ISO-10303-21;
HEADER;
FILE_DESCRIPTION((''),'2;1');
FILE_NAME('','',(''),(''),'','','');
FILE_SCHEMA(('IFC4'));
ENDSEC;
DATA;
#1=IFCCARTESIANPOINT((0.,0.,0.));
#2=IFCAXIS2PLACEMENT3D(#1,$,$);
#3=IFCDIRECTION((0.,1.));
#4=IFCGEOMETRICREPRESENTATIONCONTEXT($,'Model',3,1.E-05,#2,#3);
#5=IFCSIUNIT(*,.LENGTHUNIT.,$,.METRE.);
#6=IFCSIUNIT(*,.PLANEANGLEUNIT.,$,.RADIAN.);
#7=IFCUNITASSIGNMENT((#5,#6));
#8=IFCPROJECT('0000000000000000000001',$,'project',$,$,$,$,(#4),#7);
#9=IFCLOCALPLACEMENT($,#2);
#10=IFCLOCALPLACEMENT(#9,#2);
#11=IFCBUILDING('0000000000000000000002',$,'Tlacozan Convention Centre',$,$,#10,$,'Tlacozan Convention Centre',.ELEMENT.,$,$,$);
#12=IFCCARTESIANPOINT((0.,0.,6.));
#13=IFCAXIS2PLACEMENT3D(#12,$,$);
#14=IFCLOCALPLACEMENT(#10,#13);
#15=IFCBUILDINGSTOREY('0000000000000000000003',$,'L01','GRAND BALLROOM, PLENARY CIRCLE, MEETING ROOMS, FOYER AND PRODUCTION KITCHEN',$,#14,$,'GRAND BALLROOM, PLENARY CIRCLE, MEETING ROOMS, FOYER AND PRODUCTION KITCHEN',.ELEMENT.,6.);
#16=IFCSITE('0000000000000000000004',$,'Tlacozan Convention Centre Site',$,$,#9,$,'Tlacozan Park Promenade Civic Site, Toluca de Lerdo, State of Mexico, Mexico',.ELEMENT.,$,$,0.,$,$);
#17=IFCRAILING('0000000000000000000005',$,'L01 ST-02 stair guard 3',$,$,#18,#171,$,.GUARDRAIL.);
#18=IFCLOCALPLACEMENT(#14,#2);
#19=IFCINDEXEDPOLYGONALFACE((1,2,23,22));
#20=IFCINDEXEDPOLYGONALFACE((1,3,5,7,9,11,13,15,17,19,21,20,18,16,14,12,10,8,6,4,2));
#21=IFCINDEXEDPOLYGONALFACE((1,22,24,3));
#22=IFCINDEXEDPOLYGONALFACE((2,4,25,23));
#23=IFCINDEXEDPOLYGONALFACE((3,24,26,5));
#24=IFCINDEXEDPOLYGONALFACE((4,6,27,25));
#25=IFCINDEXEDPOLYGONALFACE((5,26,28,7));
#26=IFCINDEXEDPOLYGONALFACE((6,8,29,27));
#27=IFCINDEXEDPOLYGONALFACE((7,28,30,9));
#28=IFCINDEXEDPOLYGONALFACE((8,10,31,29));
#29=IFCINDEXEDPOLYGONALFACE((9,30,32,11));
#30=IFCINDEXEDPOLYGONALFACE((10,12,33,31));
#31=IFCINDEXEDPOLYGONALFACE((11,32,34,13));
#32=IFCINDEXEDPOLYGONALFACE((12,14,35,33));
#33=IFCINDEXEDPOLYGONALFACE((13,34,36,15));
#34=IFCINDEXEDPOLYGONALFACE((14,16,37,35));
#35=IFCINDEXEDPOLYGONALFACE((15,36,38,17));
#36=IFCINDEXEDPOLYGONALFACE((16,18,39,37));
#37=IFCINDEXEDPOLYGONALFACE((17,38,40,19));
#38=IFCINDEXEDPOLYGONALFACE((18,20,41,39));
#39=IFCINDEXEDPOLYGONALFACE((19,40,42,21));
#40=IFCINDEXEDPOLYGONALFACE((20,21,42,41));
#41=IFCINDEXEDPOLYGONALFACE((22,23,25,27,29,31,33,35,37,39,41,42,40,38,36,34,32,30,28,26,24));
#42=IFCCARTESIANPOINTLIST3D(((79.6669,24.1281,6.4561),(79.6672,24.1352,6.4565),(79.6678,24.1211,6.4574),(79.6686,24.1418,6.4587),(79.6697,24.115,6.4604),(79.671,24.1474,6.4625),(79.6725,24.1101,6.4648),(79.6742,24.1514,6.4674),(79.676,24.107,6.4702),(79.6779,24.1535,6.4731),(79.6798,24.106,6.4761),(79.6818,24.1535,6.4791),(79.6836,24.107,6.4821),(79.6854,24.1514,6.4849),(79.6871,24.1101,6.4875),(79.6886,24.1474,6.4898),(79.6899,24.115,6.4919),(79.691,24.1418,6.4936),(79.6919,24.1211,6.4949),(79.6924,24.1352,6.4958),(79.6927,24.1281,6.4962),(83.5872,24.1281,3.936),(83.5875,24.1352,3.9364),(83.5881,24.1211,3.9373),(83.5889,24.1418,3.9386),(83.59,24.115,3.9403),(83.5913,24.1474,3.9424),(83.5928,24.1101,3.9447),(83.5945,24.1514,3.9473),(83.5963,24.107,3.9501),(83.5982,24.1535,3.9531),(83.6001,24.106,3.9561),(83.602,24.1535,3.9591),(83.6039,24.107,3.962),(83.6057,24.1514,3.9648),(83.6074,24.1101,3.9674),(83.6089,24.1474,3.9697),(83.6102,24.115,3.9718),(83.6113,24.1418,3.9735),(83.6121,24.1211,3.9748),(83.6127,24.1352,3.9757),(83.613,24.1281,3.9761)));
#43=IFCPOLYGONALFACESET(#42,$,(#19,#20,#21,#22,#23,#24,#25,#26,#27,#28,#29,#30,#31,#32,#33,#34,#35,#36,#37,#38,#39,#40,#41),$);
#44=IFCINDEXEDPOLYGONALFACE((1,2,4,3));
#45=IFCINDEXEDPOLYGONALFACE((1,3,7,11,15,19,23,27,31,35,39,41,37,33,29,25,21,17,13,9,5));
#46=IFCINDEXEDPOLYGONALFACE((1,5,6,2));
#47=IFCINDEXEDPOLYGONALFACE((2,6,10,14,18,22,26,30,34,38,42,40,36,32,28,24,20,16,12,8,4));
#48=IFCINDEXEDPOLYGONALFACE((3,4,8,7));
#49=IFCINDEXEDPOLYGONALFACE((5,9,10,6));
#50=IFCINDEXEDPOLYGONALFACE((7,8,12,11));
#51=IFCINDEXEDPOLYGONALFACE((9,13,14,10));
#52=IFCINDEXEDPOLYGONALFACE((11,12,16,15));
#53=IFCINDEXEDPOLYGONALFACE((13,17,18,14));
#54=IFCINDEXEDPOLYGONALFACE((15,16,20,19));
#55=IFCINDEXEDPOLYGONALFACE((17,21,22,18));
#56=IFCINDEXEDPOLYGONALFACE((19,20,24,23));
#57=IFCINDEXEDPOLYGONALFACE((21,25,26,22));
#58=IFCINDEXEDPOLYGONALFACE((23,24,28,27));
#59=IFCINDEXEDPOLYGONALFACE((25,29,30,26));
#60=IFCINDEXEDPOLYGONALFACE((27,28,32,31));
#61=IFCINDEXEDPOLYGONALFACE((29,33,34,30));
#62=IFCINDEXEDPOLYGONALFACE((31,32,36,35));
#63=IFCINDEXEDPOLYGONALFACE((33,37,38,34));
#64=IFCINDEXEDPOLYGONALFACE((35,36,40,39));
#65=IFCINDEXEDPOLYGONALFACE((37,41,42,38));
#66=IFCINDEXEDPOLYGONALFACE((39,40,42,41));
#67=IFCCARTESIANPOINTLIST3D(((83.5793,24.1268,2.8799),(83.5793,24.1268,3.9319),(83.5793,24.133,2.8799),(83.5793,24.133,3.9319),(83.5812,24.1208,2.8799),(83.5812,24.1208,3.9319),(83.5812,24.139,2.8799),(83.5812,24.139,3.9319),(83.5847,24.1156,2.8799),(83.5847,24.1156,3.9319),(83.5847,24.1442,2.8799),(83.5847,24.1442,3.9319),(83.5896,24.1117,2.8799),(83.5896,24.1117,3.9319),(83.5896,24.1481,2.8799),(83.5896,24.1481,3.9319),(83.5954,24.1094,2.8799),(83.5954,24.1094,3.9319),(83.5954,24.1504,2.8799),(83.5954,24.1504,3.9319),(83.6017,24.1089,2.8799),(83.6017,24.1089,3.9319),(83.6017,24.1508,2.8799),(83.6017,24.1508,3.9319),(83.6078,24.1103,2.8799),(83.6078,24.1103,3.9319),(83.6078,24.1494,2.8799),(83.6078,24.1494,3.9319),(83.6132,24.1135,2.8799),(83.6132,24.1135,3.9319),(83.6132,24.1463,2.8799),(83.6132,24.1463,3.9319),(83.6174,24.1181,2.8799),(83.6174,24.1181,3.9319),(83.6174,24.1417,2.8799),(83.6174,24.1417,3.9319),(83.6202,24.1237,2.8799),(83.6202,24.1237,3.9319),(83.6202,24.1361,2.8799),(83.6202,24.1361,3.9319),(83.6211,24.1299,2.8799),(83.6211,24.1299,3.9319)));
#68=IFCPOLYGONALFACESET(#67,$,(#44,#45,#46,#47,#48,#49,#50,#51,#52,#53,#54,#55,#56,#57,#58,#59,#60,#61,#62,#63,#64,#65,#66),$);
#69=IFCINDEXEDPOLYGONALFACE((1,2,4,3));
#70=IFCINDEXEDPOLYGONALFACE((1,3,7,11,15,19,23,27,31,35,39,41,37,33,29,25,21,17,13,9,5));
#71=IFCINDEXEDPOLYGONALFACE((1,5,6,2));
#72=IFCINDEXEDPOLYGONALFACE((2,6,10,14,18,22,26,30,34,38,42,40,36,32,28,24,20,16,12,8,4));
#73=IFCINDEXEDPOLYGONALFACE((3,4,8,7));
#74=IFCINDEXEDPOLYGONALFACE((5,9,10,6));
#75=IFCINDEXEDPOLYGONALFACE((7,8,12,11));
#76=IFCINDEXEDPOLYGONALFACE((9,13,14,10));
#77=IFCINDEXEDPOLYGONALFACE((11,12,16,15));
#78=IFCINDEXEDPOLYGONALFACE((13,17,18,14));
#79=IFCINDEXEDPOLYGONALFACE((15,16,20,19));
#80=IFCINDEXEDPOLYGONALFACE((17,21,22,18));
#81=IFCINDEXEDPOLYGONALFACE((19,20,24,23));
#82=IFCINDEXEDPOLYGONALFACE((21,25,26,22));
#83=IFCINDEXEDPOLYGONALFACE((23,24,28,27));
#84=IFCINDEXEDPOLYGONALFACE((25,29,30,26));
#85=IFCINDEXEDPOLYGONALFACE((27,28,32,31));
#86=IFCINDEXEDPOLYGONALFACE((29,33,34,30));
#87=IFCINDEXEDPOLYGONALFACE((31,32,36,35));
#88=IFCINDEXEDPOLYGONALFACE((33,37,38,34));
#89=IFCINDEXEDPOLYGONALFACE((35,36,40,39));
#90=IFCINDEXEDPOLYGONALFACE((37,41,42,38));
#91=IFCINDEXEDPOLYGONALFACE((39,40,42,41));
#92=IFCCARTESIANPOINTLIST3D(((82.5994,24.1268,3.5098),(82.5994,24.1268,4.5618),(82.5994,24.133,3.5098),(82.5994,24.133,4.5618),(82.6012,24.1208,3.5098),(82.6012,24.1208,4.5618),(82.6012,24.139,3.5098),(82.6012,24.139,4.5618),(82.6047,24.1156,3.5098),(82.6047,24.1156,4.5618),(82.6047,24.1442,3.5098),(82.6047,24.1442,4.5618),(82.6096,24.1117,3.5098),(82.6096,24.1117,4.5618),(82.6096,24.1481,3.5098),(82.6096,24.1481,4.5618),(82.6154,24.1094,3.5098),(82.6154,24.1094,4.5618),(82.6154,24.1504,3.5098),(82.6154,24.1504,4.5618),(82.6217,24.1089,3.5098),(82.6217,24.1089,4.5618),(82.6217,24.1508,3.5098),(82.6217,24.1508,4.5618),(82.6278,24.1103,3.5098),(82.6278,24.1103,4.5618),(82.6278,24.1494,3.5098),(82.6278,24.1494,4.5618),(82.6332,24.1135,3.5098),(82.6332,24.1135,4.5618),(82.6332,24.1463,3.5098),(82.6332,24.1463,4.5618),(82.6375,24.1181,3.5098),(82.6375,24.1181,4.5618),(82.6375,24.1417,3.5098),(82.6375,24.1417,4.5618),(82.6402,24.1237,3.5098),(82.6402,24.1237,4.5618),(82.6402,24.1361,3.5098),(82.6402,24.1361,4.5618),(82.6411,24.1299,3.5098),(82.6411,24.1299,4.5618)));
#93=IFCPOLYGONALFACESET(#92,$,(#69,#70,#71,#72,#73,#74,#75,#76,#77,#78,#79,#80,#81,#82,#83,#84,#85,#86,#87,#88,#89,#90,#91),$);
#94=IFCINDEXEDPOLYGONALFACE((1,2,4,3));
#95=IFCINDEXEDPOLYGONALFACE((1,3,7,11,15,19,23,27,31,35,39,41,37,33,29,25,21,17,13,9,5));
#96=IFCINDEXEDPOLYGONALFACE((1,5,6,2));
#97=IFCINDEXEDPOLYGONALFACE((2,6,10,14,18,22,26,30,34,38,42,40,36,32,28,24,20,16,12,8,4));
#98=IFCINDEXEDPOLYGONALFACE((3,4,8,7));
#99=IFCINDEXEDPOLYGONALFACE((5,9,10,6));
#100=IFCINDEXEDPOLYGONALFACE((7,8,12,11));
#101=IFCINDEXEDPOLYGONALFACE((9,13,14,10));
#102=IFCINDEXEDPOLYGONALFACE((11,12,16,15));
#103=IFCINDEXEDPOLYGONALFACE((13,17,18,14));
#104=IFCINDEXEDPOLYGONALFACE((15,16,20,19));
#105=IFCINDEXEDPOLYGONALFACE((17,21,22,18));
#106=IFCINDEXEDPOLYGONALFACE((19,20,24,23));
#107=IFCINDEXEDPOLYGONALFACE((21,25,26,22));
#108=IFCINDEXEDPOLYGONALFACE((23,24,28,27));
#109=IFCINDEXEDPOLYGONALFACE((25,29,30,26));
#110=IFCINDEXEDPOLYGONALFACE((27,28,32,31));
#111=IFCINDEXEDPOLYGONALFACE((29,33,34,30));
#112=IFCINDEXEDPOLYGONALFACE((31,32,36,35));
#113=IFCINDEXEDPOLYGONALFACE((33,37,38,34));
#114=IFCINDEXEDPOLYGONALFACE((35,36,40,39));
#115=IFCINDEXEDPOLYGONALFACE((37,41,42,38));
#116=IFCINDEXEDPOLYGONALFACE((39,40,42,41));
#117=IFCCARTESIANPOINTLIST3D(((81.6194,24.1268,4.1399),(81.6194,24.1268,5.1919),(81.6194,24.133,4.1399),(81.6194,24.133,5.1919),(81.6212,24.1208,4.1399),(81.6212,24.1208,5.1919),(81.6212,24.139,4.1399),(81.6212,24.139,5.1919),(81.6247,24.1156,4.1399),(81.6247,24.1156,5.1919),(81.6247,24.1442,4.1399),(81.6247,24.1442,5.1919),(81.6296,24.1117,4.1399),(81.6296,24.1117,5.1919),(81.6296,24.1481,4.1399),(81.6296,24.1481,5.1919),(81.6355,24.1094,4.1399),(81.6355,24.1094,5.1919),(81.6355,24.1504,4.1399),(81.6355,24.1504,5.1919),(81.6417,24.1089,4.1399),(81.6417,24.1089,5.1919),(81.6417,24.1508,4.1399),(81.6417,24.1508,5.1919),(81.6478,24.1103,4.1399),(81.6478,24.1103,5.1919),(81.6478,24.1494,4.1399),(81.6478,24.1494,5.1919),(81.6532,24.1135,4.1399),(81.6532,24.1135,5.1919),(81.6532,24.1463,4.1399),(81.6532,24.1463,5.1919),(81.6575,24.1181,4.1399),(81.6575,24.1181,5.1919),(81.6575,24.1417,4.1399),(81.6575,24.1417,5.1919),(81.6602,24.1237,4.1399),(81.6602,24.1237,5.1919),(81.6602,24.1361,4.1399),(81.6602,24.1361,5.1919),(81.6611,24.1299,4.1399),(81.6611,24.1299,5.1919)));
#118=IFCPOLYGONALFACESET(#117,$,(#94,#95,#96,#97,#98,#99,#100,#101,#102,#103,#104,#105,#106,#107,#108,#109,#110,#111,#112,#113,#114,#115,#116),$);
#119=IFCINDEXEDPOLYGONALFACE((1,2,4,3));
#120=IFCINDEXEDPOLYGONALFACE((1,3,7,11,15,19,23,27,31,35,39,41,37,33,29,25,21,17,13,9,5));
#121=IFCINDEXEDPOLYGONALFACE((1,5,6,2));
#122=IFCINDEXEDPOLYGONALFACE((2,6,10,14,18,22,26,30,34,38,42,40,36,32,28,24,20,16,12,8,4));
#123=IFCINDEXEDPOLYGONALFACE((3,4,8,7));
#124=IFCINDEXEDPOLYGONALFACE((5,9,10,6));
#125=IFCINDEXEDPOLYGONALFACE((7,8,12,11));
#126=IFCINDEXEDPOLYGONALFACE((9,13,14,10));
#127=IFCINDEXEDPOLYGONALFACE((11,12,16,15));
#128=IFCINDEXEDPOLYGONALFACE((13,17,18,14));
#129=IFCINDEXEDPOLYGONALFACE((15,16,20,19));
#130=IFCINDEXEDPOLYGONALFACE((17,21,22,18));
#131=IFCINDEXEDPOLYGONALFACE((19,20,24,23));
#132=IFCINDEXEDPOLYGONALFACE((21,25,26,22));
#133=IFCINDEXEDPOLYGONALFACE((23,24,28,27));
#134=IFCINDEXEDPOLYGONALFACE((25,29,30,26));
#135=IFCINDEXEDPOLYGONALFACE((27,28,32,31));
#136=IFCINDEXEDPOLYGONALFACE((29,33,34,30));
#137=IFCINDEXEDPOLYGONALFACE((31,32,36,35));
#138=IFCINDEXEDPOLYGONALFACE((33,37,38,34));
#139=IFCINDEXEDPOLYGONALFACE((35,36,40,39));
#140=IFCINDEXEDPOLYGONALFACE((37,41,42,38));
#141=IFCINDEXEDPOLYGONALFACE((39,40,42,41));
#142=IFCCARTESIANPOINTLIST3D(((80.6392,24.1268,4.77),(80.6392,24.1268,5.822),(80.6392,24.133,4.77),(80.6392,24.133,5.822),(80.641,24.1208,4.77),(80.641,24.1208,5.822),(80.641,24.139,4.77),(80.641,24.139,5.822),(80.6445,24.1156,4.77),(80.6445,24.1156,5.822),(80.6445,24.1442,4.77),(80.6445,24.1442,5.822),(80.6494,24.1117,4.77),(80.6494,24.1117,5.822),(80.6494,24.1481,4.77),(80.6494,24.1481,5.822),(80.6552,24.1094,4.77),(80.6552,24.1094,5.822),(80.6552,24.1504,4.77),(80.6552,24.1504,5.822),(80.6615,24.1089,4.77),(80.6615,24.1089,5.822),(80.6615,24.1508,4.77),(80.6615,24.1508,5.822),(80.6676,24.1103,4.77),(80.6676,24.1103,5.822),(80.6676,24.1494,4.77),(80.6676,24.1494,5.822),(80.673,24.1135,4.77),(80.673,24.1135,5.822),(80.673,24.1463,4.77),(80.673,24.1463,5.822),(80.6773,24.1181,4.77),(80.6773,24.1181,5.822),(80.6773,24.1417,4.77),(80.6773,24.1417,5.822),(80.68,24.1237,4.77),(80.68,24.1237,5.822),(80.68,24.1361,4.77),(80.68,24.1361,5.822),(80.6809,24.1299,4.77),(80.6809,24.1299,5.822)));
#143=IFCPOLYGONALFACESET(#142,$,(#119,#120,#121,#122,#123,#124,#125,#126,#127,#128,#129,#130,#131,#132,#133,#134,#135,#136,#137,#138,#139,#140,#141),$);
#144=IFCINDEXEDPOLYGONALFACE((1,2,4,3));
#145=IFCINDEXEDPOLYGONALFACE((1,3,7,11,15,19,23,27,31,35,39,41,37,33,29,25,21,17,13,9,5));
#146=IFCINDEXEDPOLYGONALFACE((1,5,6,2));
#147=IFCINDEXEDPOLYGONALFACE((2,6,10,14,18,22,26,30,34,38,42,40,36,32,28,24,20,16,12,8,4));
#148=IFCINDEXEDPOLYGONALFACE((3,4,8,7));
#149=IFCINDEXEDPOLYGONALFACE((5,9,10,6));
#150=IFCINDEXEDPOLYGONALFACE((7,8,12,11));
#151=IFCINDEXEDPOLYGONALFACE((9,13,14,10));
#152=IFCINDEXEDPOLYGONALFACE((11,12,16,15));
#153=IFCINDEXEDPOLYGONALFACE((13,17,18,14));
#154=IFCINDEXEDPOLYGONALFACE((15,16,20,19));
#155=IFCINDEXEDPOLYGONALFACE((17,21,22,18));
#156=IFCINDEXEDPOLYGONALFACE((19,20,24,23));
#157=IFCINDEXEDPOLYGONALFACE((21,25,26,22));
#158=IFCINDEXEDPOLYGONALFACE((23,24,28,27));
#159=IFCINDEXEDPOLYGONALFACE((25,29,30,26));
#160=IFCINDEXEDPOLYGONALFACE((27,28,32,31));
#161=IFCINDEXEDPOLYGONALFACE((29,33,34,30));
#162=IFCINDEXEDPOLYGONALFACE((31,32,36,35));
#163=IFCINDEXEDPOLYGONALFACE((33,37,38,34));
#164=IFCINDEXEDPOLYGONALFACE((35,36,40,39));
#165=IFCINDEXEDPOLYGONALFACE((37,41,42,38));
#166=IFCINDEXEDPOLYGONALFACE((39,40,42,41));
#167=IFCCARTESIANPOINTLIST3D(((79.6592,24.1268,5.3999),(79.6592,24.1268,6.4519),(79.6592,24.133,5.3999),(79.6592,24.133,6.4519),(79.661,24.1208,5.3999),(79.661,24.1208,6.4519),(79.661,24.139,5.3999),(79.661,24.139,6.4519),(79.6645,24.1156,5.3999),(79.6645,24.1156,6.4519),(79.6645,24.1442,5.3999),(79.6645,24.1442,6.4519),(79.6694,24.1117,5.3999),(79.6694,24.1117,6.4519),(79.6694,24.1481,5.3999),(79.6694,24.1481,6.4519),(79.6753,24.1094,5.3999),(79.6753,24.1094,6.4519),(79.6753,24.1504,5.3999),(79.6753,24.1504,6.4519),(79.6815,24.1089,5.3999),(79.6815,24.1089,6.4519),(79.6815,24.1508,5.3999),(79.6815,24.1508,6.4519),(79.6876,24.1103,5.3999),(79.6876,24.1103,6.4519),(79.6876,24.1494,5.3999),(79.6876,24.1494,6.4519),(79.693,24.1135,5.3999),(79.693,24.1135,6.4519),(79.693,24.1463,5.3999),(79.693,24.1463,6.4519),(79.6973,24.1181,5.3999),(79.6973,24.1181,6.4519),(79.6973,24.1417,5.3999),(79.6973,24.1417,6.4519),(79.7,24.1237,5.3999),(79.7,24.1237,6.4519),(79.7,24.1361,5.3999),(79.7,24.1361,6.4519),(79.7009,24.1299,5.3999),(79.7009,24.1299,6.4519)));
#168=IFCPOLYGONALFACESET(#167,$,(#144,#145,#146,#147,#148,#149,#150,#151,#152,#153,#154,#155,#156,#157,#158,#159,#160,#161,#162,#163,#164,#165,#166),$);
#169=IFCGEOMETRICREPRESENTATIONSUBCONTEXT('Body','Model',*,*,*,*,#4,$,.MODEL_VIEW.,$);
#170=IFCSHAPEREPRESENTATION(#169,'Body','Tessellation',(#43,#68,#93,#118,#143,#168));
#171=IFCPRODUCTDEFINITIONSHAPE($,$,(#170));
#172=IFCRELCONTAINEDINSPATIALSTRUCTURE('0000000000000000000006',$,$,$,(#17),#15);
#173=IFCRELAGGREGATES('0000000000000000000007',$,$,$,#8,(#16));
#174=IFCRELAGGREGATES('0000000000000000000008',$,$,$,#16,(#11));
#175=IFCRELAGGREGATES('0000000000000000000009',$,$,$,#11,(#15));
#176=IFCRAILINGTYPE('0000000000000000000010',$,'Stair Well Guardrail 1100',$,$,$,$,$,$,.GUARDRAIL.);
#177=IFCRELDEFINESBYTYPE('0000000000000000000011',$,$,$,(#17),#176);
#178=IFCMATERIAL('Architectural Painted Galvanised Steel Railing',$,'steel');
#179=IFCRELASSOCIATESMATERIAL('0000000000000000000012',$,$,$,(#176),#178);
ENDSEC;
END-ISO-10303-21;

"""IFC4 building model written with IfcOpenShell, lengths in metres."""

from ifc_helpers import new_model, si_unit, direction, frame, origin, origin_2d, place, context, subcontext, project, spatial, circle, extrude, material, type_object, element, save


model = new_model("IFC4")

# Units and contexts
model_context = context("Model", 3, precision=1e-05, world=origin(), true_north=direction((0.0, 1.0)))
body_context = subcontext(model_context, "Body", "Model", "MODEL_VIEW")
ifc_project = project(units=[si_unit("LENGTHUNIT", "METRE"), si_unit("PLANEANGLEUNIT", "RADIAN")], contexts=[model_context])

# Site, building, storey
site_placement = place(None, origin())
site = spatial("IfcSite", under=ifc_project, at=site_placement, Name="Tlacozan Convention Centre Site", LongName="Tlacozan Park Promenade Civic Site, Toluca de Lerdo, State of Mexico, Mexico", CompositionType="ELEMENT", RefElevation=0.0)
building_placement = place(site_placement, origin())
building = spatial("IfcBuilding", under=site, at=building_placement, Name="Tlacozan Convention Centre", LongName="Tlacozan Convention Centre", CompositionType="ELEMENT")
storey_placement = place(building_placement, frame((0.0, 0.0, 6.0)))
storey = spatial("IfcBuildingStorey", under=building, at=storey_placement, Name="L01", Description="GRAND BALLROOM, PLENARY CIRCLE, MEETING ROOMS, FOYER AND PRODUCTION KITCHEN", LongName="GRAND BALLROOM, PLENARY CIRCLE, MEETING ROOMS, FOYER AND PRODUCTION KITCHEN", CompositionType="ELEMENT", Elevation=6.0)

# Railing
ifc_material_1 = material(Name="Architectural Painted Galvanised Steel Railing", Category="steel")
railing_type_1 = type_object("IfcRailingType", Name="Stair Well Guardrail 1100", PredefinedType="GUARDRAIL", material=ifc_material_1)
railing_1_placement = place(storey_placement, frame((83.6001, 24.1299, 2.8799)))
element("IfcRailing", 1, at=railing_1_placement, inside=storey, type_object=railing_type_1, Name="L01 ST-02 stair guard 3", PredefinedType="GUARDRAIL", context=body_context, shape_type="SweptSolid", body=[
    extrude(circle(Radius=0.0239, at=origin_2d()), frame((0.0, 0.0, 1.0762), z_axis=(-0.841187, 0.0, 0.540744), x_axis=(0.0, -1.0, 0.0)), (0.0, 0.0, 1.0), 4.6604),
    extrude(circle(Radius=0.021, at=origin_2d()), origin(), (0.0, 0.0, 1.0), 1.052),
    extrude(circle(Radius=0.021, at=origin_2d()), frame((-0.98, 0.0, 0.6299)), (0.0, 0.0, 1.0), 1.052),
    extrude(circle(Radius=0.021, at=origin_2d()), frame((-1.96, 0.0, 1.26)), (0.0, 0.0, 1.0), 1.052),
    extrude(circle(Radius=0.021, at=origin_2d()), frame((-2.9402, 0.0, 1.8901)), (0.0, 0.0, 1.0), 1.052),
    extrude(circle(Radius=0.021, at=origin_2d()), frame((-3.9202, 0.0, 2.52)), (0.0, 0.0, 1.0), 1.052),
])

save(model, "model.ifc")
